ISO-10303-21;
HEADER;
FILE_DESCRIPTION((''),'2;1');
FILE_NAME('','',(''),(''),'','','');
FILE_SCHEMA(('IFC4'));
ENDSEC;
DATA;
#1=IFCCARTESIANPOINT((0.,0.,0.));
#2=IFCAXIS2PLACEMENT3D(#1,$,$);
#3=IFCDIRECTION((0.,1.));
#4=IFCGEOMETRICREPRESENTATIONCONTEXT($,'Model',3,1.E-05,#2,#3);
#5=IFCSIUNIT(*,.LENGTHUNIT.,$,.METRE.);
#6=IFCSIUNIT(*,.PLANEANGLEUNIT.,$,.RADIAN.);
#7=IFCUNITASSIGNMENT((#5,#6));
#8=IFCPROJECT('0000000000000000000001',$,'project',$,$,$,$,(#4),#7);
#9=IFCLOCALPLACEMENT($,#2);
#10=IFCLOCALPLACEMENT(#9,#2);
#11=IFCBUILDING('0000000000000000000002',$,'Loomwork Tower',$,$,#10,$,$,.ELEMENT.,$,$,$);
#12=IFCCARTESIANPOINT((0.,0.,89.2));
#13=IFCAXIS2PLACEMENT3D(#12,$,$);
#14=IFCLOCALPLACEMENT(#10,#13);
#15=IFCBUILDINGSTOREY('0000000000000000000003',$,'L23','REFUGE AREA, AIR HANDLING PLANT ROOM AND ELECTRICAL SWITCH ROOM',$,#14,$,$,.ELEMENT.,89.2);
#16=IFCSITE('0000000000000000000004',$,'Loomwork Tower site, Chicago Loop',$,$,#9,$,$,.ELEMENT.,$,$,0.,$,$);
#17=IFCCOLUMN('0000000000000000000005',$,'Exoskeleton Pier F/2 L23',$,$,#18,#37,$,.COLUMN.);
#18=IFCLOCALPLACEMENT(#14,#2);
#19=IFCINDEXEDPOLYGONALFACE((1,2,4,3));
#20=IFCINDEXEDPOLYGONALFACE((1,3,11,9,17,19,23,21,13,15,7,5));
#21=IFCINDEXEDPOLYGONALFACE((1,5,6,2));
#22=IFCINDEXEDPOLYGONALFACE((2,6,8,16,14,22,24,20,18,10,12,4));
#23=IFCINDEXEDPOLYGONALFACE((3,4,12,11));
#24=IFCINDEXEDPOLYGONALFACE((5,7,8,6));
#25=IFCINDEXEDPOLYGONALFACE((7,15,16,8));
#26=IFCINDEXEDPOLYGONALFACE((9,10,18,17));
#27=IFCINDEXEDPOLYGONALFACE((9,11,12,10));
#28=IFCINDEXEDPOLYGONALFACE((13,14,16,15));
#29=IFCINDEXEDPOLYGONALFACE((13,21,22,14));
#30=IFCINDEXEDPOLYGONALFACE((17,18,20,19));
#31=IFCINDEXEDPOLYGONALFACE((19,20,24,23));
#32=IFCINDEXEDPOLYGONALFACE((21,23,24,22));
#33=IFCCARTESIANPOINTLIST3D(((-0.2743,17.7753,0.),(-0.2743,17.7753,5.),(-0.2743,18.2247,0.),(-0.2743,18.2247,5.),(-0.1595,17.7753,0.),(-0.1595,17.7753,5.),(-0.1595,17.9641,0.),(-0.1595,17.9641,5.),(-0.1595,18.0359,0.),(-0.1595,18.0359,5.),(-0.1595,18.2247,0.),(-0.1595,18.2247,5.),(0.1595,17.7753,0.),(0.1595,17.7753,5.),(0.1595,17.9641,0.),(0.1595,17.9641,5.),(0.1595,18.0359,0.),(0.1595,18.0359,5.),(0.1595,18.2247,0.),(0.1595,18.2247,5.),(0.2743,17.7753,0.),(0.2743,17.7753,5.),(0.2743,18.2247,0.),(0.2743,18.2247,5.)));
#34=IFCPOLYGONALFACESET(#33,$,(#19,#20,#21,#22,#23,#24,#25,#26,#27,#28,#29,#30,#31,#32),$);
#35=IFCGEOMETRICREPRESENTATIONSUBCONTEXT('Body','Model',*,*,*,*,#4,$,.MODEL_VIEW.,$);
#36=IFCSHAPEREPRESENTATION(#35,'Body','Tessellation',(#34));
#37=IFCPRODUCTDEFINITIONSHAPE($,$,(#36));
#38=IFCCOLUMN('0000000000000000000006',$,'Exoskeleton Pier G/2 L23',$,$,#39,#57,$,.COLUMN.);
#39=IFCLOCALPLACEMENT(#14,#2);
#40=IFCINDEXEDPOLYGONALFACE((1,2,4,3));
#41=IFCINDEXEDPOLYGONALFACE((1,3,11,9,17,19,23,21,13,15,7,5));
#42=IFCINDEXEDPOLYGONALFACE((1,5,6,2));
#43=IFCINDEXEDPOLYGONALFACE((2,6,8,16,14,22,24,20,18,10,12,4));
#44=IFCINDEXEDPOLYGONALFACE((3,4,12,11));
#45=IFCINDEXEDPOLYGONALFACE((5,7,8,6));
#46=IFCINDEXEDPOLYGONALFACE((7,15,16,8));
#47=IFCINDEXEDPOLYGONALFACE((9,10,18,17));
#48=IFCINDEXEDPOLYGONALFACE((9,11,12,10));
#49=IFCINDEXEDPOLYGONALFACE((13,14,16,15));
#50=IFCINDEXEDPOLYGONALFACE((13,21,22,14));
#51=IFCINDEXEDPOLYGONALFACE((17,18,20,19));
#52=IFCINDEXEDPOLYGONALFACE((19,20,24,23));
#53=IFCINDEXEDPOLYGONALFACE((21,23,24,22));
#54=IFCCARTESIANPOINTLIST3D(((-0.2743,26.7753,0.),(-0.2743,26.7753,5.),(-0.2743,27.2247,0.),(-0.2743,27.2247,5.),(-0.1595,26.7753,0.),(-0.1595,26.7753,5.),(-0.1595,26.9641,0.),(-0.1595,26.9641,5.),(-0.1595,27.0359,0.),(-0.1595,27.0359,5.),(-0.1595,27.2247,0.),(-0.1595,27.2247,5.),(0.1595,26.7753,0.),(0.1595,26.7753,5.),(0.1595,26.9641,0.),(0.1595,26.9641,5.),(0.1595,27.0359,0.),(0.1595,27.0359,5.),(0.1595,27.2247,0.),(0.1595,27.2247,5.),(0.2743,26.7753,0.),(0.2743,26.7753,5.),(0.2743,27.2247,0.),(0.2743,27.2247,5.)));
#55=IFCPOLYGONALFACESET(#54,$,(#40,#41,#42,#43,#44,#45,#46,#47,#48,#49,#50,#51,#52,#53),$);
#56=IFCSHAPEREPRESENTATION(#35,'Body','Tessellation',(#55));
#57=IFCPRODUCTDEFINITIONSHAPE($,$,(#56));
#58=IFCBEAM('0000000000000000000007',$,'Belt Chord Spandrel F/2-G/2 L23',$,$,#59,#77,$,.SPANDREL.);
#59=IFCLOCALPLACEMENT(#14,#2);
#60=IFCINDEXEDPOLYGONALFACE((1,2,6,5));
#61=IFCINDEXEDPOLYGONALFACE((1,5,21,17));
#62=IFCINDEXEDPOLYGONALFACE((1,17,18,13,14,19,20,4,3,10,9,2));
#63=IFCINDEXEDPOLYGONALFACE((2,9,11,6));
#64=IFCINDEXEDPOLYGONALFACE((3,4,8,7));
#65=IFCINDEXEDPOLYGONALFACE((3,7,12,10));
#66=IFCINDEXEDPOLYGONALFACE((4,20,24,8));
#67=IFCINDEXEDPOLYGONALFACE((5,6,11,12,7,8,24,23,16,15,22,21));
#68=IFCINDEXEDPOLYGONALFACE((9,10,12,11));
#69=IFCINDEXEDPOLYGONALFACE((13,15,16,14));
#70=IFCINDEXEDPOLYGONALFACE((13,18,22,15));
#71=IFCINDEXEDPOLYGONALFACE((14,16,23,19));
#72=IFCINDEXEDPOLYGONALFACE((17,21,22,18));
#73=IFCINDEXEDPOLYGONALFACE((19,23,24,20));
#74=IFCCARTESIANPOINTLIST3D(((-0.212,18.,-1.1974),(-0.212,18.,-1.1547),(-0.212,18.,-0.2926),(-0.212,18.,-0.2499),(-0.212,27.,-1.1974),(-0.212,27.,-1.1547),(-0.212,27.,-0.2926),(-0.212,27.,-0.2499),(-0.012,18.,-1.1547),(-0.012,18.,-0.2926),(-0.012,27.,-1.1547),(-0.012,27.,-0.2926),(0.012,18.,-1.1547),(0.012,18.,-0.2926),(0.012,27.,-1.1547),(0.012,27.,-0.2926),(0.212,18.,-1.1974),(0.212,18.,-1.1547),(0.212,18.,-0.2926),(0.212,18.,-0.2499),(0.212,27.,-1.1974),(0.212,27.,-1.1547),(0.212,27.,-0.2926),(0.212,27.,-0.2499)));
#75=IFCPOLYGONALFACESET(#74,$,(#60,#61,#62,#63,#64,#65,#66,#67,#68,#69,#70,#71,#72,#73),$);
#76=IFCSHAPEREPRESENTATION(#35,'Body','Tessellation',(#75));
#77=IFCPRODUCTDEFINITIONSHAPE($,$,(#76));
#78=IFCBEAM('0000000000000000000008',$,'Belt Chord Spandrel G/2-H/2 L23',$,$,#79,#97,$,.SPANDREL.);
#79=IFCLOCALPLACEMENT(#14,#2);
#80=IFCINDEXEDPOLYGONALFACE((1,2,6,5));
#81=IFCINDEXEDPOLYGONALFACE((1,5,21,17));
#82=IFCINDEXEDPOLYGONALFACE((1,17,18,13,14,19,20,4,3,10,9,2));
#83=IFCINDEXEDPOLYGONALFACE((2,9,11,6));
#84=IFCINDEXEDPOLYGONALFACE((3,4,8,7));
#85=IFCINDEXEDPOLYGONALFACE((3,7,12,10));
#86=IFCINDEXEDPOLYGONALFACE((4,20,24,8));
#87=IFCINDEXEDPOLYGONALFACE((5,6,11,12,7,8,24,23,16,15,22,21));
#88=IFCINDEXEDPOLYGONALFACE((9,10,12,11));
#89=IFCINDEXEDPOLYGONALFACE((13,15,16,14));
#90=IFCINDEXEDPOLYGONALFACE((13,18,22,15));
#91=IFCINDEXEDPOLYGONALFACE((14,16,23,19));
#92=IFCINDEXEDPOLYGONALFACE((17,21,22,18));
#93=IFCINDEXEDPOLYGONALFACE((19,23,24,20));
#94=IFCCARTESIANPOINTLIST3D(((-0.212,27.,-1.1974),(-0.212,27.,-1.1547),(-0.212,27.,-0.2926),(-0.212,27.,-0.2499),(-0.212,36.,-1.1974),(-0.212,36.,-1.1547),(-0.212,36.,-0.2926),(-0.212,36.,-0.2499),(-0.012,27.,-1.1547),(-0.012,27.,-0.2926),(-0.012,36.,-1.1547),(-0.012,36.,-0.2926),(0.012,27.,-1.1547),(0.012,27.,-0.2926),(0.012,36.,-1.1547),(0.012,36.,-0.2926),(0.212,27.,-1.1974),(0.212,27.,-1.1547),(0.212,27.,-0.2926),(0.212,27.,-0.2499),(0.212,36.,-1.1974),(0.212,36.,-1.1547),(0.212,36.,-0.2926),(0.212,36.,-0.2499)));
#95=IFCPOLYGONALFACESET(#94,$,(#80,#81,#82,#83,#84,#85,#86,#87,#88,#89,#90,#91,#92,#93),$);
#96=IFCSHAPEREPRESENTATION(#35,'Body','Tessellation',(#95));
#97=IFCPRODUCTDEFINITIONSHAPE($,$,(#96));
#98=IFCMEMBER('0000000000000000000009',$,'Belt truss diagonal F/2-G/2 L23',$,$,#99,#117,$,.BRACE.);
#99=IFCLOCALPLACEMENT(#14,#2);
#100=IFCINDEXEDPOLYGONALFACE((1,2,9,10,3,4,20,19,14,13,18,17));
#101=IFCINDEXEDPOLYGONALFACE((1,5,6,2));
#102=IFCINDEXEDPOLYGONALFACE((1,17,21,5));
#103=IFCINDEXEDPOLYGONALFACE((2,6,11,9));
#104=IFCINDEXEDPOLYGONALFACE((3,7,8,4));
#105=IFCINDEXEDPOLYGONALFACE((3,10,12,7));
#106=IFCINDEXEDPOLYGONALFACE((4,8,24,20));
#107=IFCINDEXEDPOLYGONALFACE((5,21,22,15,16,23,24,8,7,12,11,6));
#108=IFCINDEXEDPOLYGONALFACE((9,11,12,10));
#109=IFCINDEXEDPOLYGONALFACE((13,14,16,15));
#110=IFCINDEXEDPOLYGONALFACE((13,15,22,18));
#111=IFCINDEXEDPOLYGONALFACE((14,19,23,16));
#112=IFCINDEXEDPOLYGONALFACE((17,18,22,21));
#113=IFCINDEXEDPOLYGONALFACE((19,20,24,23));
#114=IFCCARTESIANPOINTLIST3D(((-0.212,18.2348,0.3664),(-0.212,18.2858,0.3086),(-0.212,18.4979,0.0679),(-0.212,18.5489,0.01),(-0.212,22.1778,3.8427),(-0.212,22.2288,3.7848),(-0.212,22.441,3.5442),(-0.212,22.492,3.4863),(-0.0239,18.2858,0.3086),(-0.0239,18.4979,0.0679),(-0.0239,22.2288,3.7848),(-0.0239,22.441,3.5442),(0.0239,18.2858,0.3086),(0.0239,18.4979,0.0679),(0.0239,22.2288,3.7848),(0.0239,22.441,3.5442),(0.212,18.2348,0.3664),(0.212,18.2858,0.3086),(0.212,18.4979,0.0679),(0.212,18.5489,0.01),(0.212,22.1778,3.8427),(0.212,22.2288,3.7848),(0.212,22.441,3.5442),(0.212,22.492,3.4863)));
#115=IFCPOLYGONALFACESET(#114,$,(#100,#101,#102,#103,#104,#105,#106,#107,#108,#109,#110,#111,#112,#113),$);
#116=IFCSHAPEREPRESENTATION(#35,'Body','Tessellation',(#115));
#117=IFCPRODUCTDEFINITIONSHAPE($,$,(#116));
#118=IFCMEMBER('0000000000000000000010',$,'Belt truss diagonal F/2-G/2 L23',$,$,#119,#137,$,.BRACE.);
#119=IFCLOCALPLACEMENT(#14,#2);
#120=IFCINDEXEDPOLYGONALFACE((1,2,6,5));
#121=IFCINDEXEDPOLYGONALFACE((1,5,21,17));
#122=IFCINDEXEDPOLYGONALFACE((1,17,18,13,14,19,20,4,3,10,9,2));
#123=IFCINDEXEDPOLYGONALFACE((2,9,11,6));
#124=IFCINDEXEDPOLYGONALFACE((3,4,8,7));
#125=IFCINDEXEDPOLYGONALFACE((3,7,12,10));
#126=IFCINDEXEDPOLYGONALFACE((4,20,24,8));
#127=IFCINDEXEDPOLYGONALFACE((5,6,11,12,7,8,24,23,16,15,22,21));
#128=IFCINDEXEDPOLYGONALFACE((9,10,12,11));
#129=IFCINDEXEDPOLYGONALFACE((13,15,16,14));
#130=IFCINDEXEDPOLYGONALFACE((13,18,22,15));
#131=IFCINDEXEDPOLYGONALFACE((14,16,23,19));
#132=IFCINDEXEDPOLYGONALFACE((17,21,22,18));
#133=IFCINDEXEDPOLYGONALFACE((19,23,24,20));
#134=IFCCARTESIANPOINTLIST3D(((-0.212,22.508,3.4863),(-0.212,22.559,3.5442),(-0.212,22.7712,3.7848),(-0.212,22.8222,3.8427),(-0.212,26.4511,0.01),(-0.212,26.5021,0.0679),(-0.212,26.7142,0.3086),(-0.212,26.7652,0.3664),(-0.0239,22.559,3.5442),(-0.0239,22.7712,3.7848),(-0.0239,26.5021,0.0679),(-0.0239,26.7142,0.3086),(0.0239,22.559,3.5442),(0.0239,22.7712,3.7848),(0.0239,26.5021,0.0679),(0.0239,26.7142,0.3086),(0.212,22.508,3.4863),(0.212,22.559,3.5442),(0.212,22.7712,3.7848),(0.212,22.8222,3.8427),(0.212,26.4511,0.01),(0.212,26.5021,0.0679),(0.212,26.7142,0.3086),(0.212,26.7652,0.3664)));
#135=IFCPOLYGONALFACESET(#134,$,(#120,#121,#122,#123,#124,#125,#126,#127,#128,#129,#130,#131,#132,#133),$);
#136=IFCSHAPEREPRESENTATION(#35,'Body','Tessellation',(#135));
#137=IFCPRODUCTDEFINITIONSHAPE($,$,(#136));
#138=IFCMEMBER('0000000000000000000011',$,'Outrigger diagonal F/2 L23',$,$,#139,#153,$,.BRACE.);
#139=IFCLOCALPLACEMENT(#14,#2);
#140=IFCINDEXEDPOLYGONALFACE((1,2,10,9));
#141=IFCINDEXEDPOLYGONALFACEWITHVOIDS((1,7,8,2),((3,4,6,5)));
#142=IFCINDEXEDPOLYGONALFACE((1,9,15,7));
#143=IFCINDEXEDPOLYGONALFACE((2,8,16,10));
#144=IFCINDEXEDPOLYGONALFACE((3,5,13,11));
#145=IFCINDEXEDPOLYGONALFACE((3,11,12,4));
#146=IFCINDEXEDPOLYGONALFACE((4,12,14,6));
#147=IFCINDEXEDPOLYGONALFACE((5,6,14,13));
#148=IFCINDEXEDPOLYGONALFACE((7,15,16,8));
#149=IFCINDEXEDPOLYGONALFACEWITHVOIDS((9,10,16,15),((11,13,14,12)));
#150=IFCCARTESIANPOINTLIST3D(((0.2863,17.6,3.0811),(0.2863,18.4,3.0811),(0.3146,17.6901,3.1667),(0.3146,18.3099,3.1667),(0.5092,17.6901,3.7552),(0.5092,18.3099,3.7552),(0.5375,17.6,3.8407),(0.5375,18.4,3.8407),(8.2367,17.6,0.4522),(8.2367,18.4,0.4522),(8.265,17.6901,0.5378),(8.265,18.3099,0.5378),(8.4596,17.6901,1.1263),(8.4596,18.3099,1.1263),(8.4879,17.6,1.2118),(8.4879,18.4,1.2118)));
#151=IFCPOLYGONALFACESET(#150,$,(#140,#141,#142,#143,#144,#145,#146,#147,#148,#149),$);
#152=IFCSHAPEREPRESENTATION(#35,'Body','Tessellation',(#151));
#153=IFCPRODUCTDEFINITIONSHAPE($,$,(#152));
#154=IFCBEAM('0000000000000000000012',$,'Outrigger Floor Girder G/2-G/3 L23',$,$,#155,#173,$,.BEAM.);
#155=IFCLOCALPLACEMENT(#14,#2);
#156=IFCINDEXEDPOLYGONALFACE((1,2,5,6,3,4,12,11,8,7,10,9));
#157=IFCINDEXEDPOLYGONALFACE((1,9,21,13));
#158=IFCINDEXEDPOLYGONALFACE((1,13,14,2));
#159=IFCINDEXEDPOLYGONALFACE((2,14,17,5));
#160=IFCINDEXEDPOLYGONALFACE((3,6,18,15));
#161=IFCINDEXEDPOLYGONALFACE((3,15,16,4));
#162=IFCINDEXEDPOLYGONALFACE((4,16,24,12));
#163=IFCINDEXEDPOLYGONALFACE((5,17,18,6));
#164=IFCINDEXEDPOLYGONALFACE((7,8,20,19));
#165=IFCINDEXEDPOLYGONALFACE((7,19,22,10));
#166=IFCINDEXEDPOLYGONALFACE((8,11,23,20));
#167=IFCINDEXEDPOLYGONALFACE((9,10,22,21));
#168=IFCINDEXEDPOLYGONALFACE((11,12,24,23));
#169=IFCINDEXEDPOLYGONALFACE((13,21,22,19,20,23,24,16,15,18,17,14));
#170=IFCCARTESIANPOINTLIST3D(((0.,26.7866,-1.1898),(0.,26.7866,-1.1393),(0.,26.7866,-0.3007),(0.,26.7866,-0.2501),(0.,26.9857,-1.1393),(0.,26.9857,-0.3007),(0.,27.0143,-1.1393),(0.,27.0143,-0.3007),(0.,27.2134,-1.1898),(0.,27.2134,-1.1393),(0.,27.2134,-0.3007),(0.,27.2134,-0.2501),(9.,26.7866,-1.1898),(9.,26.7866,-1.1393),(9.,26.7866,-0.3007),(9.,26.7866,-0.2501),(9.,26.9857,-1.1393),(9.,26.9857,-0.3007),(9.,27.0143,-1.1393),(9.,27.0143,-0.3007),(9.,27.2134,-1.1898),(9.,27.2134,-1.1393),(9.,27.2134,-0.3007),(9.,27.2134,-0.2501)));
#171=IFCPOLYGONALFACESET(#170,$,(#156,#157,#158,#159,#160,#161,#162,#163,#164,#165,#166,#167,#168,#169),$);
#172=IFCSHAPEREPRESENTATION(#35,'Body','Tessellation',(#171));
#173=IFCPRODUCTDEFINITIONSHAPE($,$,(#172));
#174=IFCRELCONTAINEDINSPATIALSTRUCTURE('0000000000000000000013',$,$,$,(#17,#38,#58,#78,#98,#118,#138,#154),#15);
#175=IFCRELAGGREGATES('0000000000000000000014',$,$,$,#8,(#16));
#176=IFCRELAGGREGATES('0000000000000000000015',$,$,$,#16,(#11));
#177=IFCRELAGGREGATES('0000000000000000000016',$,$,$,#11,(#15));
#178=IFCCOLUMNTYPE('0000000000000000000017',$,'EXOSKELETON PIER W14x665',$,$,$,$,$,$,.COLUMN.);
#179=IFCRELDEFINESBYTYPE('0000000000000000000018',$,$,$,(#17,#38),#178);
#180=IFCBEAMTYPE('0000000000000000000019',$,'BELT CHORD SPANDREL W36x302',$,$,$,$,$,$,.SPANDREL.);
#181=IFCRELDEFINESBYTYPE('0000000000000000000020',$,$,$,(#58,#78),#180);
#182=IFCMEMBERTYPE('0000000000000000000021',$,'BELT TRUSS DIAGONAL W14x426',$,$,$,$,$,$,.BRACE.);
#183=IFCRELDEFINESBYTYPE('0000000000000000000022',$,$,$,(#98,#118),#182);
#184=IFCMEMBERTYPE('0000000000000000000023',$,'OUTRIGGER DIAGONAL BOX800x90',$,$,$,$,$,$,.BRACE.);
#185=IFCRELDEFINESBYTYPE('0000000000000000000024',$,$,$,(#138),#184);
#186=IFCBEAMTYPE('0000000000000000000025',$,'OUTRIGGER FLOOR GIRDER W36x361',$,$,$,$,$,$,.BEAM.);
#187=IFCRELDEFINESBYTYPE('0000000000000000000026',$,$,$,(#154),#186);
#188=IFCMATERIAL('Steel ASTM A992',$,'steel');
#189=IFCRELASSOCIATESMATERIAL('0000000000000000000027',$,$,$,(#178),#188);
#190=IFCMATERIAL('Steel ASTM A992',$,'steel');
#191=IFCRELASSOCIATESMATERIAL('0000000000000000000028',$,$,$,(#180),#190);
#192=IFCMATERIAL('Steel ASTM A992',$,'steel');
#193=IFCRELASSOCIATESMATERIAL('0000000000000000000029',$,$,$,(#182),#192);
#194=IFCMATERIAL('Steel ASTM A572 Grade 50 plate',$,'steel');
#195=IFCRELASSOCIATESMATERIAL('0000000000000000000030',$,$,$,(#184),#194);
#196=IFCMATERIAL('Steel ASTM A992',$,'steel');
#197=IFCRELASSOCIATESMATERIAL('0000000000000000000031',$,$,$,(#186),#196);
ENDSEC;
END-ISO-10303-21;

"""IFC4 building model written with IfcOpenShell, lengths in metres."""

from ifc_helpers import new_model, si_unit, direction, frame, origin, origin_2d, place, context, subcontext, project, spatial, hollow_rectangle, i_section, extrude, material, material_profile, profile_set, type_object, element, save


model = new_model("IFC4")

# Units and contexts
model_context = context("Model", 3, precision=1e-05, world=origin(), true_north=direction((0.0, 1.0)))
body_context = subcontext(model_context, "Body", "Model", "MODEL_VIEW")
ifc_project = project(units=[si_unit("LENGTHUNIT", "METRE"), si_unit("PLANEANGLEUNIT", "RADIAN")], contexts=[model_context])

# Site, building, storey
site_placement = place(None, origin())
site = spatial("IfcSite", under=ifc_project, at=site_placement, Name="Loomwork Tower site, Chicago Loop", CompositionType="ELEMENT", RefElevation=0.0)
building_placement = place(site_placement, origin())
building = spatial("IfcBuilding", under=site, at=building_placement, Name="Loomwork Tower", CompositionType="ELEMENT")
storey_placement = place(building_placement, frame((0.0, 0.0, 89.2)))
storey = spatial("IfcBuildingStorey", under=building, at=storey_placement, Name="L23", Description="REFUGE AREA, AIR HANDLING PLANT ROOM AND ELECTRICAL SWITCH ROOM", CompositionType="ELEMENT", Elevation=89.2)

# Columns
ifc_material_1 = material(Name="Steel ASTM A992", Category="steel")
ifc_material_profile_1 = material_profile(ifc_material_1, i_section(OverallWidth=0.4495, OverallDepth=0.5486, WebThickness=0.0718, FlangeThickness=0.1147, at=origin_2d()), Name="W14x665")
ifc_profile_set_1 = profile_set([ifc_material_profile_1], Name="Steel ASTM A992")
column_type = type_object("IfcColumnType", Name="EXOSKELETON PIER W14x665", PredefinedType="COLUMN", material=ifc_profile_set_1)
for number, where, z_axis, x_axis, name in (
    (1, (0.0, 18.0, 0.0), (0.0, 0.0, 1.0), (0.0, 1.0, 0.0), "Exoskeleton Pier F/2 L23"),
    (2, (0.0, 27.0, 0.0), (0.0, 0.0, 1.0), (0.0, 1.0, 0.0), "Exoskeleton Pier G/2 L23"),
):
    element("IfcColumn", number, at=place(storey_placement, frame(where, z_axis=z_axis, x_axis=x_axis)), inside=storey, type_object=column_type, Name=name, PredefinedType="COLUMN", context=body_context, shape_type="SweptSolid", body=[
        extrude(i_section(OverallWidth=0.4495, OverallDepth=0.5486, WebThickness=0.0718, FlangeThickness=0.1147, at=origin_2d()), origin(), (0.0, 0.0, 1.0), 5.0),
    ])

# Beams
ifc_material_2 = material(Name="Steel ASTM A992", Category="steel")
ifc_material_profile_2 = material_profile(ifc_material_2, i_section(OverallWidth=0.4241, OverallDepth=0.9475, WebThickness=0.0239, FlangeThickness=0.0427, at=origin_2d()), Name="W36x302")
ifc_profile_set_2 = profile_set([ifc_material_profile_2], Name="Steel ASTM A992")
beam_type_1 = type_object("IfcBeamType", Name="BELT CHORD SPANDREL W36x302", PredefinedType="SPANDREL", material=ifc_profile_set_2)
for number, where, z_axis, x_axis, name in (
    (3, (0.0, 18.0, -0.7236), (0.0, 1.0, 0.0), (-1.0, 0.0, 0.0), "Belt Chord Spandrel F/2-G/2 L23"),
    (4, (0.0, 27.0, -0.7236), (0.0, 1.0, 0.0), (-1.0, 0.0, 0.0), "Belt Chord Spandrel G/2-H/2 L23"),
):
    element("IfcBeam", number, at=place(storey_placement, frame(where, z_axis=z_axis, x_axis=x_axis)), inside=storey, type_object=beam_type_1, Name=name, PredefinedType="SPANDREL", context=body_context, shape_type="SweptSolid", body=[
        extrude(i_section(OverallWidth=0.4241, OverallDepth=0.9475, WebThickness=0.0239, FlangeThickness=0.0427, at=origin_2d()), origin(), (0.0, 0.0, 1.0), 9.0),
    ])

# Members
ifc_material_3 = material(Name="Steel ASTM A992", Category="steel")
ifc_material_profile_3 = material_profile(ifc_material_3, i_section(OverallWidth=0.4241, OverallDepth=0.4751, WebThickness=0.0479, FlangeThickness=0.0771, at=origin_2d()), Name="W14x426")
ifc_profile_set_3 = profile_set([ifc_material_profile_3], Name="Steel ASTM A992")
member_type_1 = type_object("IfcMemberType", Name="BELT TRUSS DIAGONAL W14x426", PredefinedType="BRACE", material=ifc_profile_set_3)
for number, where, z_axis, x_axis, name in (
    (5, (0.0, 18.3918, 0.1882), (0.0, 0.750112, 0.661311), (-1.0, 0.0, 0.0), "Belt truss diagonal F/2-G/2 L23"),
    (6, (0.0, 26.6082, 0.1882), (0.0, -0.750112, 0.661311), (1.0, 0.0, 0.0), "Belt truss diagonal F/2-G/2 L23"),
):
    element("IfcMember", number, at=place(storey_placement, frame(where, z_axis=z_axis, x_axis=x_axis)), inside=storey, type_object=member_type_1, Name=name, PredefinedType="BRACE", context=body_context, shape_type="SweptSolid", body=[
        extrude(i_section(OverallWidth=0.4241, OverallDepth=0.4751, WebThickness=0.0479, FlangeThickness=0.0771, at=origin_2d()), origin(), (0.0, 0.0, 1.0), 5.2566),
    ])
ifc_material_4 = material(Name="Steel ASTM A572 Grade 50 plate", Category="steel")
ifc_material_profile_4 = material_profile(ifc_material_4, hollow_rectangle(XDim=0.8, YDim=0.8, WallThickness=0.0901, at=origin_2d()), Name="BOX800x90")
ifc_profile_set_4 = profile_set([ifc_material_profile_4], Name="Steel ASTM A572 Grade 50 plate")
member_type_2 = type_object("IfcMemberType", Name="OUTRIGGER DIAGONAL BOX800x90", PredefinedType="BRACE", material=ifc_profile_set_4)
member_1_placement = place(storey_placement, frame((0.4119, 18.0, 3.4609), z_axis=(0.949442, 0.0, -0.313944), x_axis=(0.0, 1.0, 0.0)))
element("IfcMember", 7, at=member_1_placement, inside=storey, type_object=member_type_2, Name="Outrigger diagonal F/2 L23", PredefinedType="BRACE", context=body_context, shape_type="SweptSolid", body=[
    extrude(hollow_rectangle(XDim=0.8, YDim=0.8, WallThickness=0.0901, at=origin_2d()), origin(), (0.0, 0.0, 1.0), 8.3738),
])

# Beam
ifc_material_5 = material(Name="Steel ASTM A992", Category="steel")
ifc_material_profile_5 = material_profile(ifc_material_5, i_section(OverallWidth=0.4268, OverallDepth=0.9397, WebThickness=0.0286, FlangeThickness=0.0505, at=origin_2d()), Name="W36x361")
ifc_profile_set_5 = profile_set([ifc_material_profile_5], Name="Steel ASTM A992")
beam_type_2 = type_object("IfcBeamType", Name="OUTRIGGER FLOOR GIRDER W36x361", PredefinedType="BEAM", material=ifc_profile_set_5)
beam_1_placement = place(storey_placement, frame((0.0, 27.0, -0.72), z_axis=(1.0, 0.0, 0.0), x_axis=(0.0, 1.0, 0.0)))
element("IfcBeam", 8, at=beam_1_placement, inside=storey, type_object=beam_type_2, Name="Outrigger Floor Girder G/2-G/3 L23", PredefinedType="BEAM", context=body_context, shape_type="SweptSolid", body=[
    extrude(i_section(OverallWidth=0.4268, OverallDepth=0.9397, WebThickness=0.0286, FlangeThickness=0.0505, at=origin_2d()), origin(), (0.0, 0.0, 1.0), 9.0),
])

save(model, "model.ifc")
